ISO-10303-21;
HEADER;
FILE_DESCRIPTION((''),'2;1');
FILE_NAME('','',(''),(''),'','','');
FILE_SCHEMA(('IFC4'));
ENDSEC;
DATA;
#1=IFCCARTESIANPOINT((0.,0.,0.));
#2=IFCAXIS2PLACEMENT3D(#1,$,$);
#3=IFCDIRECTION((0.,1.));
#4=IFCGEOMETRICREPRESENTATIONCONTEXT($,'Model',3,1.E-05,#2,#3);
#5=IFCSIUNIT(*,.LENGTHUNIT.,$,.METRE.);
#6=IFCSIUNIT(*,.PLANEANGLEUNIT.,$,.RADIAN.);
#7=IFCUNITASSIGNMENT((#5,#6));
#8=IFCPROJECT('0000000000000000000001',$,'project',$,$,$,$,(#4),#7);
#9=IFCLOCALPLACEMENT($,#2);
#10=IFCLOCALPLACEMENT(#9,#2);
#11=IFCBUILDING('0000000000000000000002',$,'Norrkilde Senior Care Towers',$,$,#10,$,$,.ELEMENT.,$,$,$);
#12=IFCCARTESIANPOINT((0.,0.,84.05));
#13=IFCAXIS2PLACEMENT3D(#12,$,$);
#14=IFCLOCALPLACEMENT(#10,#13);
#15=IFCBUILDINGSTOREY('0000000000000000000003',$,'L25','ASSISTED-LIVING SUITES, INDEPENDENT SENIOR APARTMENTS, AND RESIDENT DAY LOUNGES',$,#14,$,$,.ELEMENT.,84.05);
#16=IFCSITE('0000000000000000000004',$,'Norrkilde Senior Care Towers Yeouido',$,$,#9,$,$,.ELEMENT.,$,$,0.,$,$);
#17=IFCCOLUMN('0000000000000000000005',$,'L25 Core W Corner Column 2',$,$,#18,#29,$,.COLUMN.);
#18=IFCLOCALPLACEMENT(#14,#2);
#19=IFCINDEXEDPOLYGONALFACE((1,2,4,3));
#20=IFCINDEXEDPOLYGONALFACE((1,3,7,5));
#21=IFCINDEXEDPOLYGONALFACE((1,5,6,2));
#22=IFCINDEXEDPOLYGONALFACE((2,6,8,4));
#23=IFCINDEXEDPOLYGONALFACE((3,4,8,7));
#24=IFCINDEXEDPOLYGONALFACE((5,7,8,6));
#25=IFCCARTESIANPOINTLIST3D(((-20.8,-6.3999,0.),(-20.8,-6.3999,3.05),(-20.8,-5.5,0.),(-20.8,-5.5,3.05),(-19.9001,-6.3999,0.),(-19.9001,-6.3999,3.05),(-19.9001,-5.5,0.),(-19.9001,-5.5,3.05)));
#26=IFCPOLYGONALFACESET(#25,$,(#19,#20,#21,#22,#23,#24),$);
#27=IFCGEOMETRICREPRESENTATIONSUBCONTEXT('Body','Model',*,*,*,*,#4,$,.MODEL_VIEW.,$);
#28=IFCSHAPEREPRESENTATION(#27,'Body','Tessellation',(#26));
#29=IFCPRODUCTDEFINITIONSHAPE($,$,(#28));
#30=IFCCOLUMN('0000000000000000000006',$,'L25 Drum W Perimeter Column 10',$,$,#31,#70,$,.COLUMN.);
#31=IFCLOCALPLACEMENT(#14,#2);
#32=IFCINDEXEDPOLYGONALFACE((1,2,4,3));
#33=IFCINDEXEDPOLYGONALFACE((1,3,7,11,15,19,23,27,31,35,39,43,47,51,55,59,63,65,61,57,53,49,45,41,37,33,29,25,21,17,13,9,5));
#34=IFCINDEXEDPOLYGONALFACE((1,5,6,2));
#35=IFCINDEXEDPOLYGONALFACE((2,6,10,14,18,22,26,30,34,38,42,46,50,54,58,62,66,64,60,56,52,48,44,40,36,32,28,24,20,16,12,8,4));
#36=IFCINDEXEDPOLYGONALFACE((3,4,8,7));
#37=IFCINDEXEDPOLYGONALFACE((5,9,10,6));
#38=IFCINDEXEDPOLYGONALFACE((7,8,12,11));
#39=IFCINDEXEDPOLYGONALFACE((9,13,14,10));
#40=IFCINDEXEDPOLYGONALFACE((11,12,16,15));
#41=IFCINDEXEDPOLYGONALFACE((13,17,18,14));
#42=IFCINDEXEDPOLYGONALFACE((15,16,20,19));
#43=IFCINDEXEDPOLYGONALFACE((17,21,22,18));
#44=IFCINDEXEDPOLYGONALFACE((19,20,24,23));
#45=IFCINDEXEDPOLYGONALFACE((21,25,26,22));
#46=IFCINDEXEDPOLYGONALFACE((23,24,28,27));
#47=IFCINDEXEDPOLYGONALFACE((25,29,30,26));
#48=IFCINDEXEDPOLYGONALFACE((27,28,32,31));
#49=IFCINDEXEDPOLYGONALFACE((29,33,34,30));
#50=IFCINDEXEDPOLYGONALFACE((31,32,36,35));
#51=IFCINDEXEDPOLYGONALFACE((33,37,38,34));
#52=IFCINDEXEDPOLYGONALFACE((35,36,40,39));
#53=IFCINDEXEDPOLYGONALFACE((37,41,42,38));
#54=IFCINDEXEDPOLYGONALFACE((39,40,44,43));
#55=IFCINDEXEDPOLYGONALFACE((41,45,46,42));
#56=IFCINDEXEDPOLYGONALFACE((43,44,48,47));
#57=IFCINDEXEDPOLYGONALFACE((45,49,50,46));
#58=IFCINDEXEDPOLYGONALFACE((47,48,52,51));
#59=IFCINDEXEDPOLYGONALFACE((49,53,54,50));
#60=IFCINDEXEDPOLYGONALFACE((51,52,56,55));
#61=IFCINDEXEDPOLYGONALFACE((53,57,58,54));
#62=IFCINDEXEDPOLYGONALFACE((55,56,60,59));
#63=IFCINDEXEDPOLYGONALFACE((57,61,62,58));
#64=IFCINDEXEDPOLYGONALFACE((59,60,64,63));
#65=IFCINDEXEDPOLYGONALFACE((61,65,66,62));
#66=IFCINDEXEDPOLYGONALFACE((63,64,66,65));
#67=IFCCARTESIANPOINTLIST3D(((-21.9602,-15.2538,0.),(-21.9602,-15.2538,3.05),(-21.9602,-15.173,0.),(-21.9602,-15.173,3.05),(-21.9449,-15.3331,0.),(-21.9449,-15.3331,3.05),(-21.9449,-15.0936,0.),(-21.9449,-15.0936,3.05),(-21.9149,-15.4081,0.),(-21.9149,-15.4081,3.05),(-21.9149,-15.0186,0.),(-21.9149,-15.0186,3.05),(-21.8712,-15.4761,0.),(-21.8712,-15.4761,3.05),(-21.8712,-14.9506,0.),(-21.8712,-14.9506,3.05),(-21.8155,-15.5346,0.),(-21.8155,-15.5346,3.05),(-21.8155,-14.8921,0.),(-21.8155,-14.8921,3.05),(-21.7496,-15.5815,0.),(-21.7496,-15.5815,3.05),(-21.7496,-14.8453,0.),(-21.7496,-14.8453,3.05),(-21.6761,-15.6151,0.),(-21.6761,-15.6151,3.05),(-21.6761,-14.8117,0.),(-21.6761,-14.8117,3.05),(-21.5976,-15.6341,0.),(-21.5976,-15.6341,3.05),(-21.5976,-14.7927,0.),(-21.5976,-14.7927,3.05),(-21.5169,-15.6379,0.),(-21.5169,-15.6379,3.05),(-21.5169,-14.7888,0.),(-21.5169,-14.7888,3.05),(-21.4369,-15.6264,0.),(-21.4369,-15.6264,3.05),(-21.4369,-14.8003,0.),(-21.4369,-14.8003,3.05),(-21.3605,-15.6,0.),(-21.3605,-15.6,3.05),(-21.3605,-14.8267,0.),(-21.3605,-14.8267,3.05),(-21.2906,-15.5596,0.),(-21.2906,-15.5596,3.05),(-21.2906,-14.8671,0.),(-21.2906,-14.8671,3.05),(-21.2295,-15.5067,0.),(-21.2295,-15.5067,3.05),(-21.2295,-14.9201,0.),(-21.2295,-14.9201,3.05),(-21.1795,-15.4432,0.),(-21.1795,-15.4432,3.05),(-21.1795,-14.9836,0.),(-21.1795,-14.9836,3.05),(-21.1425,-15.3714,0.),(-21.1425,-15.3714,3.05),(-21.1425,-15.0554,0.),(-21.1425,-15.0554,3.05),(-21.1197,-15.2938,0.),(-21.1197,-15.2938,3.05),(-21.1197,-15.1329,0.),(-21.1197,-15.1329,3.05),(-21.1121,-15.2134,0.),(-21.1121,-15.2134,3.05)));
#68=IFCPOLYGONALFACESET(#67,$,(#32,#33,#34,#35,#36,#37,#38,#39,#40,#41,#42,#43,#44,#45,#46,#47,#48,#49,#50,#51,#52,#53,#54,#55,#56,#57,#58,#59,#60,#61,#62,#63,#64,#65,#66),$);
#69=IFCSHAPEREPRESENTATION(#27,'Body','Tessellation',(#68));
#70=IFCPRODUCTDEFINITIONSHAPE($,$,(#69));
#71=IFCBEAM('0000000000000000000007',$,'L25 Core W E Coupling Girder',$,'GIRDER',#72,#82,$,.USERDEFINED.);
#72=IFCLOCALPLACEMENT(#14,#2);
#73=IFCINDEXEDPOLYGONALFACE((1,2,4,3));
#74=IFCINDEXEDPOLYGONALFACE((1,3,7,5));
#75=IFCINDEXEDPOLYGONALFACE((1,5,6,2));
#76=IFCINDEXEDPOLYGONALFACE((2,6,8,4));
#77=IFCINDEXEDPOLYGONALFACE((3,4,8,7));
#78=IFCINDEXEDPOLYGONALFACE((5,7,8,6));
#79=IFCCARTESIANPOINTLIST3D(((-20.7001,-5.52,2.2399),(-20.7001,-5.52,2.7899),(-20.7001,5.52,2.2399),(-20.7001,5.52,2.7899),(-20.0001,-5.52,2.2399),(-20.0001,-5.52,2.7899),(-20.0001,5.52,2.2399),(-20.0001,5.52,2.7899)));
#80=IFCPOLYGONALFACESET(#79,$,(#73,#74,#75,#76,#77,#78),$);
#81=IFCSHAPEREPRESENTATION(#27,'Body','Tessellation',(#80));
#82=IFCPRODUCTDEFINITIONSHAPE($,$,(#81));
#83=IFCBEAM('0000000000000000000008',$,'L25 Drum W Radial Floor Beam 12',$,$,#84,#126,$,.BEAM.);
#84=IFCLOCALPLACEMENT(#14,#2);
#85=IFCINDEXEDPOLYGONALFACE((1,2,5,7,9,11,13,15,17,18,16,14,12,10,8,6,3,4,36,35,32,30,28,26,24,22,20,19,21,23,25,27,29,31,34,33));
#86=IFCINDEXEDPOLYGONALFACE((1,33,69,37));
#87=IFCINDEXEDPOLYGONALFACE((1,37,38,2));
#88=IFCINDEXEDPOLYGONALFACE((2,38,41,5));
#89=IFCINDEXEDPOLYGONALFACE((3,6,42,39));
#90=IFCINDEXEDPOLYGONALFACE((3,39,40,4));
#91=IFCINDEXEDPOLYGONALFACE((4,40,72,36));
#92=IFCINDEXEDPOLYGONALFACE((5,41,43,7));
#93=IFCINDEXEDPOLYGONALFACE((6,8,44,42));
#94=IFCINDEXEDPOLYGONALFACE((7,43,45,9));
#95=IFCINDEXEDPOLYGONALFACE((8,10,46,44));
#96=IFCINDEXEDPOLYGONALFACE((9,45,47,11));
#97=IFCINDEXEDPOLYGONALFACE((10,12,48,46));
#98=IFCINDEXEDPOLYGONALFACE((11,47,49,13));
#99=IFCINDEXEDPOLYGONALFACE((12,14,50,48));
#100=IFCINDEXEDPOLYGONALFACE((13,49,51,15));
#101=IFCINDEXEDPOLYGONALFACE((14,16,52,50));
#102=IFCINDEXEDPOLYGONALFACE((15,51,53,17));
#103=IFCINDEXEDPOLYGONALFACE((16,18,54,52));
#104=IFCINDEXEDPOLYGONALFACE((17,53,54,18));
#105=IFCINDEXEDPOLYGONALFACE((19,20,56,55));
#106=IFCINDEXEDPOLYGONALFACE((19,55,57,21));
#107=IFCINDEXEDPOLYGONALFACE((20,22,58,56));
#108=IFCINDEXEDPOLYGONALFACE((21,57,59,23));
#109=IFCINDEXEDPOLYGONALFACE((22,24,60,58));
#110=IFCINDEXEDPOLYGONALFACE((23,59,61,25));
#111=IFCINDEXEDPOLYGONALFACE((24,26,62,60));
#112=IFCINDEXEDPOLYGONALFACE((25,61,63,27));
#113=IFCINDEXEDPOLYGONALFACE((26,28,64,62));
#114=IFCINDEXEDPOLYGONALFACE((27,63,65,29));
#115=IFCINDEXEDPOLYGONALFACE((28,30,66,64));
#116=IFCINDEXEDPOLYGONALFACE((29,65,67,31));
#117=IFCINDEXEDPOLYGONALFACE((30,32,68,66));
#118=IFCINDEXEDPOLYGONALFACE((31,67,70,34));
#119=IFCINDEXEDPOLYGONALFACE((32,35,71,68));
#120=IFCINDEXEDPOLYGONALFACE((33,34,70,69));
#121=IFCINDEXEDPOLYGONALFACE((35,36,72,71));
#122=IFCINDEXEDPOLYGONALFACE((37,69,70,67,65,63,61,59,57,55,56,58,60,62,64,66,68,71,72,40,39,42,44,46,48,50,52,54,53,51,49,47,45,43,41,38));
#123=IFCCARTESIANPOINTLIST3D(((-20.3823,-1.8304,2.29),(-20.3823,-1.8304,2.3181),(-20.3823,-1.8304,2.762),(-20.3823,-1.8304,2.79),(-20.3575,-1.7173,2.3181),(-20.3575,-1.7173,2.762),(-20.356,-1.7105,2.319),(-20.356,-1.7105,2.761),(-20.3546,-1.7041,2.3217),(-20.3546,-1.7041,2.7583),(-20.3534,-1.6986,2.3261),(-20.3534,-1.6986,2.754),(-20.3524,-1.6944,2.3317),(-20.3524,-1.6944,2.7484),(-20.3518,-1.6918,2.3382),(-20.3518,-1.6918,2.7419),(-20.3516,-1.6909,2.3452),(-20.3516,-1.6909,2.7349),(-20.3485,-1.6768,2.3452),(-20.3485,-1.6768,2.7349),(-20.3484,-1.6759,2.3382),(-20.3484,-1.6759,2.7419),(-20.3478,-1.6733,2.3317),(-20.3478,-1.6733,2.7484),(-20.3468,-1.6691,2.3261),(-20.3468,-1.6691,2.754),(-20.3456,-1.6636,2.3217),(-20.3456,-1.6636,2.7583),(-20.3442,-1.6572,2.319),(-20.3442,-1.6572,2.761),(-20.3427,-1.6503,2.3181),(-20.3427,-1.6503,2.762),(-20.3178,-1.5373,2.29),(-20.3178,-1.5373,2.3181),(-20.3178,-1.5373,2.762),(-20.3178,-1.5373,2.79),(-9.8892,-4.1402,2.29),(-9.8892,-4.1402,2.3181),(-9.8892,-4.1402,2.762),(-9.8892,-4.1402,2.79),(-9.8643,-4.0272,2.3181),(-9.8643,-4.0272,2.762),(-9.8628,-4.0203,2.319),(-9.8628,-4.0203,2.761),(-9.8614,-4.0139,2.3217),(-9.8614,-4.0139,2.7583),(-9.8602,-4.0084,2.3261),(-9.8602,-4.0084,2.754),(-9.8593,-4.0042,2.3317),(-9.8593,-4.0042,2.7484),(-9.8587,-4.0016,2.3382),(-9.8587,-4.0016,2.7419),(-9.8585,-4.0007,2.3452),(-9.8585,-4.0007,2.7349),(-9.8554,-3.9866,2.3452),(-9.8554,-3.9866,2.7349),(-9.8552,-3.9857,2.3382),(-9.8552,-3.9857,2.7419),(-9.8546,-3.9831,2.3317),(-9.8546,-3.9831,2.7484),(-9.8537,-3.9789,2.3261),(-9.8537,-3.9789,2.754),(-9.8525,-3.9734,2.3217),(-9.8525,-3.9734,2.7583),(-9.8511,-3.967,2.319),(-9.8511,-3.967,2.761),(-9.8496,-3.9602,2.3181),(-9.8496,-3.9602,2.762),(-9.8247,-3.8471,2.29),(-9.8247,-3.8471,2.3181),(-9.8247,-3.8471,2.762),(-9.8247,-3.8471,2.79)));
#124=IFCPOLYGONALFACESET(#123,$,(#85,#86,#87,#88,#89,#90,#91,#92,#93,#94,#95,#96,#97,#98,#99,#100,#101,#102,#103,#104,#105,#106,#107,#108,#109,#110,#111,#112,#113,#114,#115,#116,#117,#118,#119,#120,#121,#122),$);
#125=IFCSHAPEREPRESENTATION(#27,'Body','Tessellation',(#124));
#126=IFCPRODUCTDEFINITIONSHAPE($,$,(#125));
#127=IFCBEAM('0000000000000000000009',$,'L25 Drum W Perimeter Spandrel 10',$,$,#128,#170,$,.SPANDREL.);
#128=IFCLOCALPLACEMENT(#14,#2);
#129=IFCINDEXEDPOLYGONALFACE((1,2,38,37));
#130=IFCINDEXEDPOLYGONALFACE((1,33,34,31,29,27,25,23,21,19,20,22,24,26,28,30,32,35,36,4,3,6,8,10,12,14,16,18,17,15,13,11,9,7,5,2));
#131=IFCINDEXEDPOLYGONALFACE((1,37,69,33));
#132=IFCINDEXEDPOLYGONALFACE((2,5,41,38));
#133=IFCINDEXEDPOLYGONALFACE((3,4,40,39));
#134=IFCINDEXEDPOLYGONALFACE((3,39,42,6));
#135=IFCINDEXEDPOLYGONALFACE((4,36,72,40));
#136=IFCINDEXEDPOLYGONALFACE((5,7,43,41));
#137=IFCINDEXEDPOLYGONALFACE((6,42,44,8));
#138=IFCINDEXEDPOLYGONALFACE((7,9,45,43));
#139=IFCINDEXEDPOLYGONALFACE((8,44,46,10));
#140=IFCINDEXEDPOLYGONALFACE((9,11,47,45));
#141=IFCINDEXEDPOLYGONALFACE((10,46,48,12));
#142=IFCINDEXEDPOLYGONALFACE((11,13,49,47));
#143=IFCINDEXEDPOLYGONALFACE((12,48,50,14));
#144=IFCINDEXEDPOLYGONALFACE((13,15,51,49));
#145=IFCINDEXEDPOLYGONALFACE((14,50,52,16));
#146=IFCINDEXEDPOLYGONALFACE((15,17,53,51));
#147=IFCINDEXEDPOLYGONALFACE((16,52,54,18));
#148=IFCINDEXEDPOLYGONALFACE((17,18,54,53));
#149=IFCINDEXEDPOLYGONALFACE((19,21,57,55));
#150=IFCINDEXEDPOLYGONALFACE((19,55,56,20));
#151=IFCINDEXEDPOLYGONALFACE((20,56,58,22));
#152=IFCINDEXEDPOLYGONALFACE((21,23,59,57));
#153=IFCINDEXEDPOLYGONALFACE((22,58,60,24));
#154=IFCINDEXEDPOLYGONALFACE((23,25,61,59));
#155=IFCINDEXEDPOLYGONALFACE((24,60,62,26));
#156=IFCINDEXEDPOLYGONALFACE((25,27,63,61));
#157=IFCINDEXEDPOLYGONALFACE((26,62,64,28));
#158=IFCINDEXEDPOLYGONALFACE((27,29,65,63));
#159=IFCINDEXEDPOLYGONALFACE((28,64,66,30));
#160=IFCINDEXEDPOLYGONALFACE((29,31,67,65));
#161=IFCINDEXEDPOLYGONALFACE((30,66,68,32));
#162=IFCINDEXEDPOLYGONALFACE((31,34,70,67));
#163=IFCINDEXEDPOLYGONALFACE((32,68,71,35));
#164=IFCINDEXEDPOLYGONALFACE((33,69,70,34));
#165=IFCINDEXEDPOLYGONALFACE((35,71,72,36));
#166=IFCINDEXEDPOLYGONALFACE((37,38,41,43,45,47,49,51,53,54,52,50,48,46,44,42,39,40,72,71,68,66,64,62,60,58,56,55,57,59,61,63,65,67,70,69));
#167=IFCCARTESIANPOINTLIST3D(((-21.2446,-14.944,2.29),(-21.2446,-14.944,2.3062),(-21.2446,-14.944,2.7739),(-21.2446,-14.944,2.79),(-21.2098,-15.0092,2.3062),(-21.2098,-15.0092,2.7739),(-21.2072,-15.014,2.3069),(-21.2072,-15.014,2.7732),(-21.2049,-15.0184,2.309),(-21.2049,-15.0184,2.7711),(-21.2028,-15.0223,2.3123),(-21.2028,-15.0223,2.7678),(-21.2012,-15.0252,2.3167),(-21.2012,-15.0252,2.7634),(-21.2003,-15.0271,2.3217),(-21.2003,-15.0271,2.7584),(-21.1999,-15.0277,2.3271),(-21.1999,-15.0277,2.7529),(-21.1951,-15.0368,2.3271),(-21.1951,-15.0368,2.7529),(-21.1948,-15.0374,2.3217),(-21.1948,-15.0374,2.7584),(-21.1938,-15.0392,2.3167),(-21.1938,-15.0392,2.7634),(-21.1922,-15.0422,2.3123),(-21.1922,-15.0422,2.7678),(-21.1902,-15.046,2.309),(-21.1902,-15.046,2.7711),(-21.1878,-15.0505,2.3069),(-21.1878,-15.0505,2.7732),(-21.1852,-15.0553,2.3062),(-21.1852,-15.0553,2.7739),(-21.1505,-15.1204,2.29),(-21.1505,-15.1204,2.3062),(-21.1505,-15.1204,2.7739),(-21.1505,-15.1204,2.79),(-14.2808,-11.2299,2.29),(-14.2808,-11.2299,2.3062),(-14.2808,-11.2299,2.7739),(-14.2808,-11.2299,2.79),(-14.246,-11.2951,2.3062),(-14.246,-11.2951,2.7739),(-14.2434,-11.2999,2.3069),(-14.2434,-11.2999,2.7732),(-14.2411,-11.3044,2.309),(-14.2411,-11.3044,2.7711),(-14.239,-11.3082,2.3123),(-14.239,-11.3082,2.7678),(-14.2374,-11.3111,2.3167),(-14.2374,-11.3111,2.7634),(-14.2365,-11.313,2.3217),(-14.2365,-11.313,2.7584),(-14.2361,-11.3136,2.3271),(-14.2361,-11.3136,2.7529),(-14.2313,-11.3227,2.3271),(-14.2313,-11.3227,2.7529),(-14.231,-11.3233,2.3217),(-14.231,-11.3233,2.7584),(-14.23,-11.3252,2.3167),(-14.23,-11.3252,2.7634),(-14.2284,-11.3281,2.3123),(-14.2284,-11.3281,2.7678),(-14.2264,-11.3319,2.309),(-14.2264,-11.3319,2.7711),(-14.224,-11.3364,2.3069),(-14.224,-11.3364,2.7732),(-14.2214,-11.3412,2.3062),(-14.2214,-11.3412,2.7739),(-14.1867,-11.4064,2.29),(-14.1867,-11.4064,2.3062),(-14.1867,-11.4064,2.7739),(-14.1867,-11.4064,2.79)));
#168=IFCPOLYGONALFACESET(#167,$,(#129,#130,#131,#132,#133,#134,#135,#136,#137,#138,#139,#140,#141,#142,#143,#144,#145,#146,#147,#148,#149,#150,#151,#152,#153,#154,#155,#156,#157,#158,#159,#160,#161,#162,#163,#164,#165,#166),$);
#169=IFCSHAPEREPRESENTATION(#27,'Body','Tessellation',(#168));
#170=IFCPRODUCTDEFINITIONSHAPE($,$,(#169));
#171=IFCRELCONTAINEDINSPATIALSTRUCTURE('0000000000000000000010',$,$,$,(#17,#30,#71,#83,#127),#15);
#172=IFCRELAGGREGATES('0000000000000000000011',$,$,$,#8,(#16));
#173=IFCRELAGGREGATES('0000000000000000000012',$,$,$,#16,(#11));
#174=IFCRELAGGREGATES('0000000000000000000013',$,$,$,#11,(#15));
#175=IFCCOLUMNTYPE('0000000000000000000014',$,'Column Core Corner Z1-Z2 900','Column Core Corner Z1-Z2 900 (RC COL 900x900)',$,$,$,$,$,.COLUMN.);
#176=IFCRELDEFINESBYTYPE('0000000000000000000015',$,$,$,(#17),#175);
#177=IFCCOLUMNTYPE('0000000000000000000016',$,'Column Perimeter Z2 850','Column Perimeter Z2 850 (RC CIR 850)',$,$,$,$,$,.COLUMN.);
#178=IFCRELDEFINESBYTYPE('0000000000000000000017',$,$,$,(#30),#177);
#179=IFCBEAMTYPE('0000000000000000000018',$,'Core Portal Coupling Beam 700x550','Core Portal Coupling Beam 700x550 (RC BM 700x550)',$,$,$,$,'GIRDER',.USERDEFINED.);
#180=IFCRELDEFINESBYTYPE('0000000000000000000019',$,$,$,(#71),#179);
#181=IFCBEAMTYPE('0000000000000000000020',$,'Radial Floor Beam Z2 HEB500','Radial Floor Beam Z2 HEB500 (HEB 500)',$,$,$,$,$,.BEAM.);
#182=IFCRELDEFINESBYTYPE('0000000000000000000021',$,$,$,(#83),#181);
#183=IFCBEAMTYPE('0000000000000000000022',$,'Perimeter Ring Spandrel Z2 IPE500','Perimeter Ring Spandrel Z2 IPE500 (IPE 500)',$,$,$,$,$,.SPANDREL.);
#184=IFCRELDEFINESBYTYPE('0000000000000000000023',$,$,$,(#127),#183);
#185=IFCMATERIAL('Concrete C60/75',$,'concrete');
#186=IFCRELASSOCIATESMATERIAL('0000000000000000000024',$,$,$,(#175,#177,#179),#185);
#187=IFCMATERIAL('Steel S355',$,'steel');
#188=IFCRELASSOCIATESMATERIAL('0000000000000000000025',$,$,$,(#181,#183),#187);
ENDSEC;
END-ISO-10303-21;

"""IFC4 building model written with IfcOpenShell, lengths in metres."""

from ifc_helpers import new_model, si_unit, direction, frame, origin, origin_2d, place, context, subcontext, project, spatial, rectangle, circle, i_section, extrude, source, transform, mapped, material, material_profile, profile_set, type_object, type_shapes, element, save


model = new_model("IFC4")

# Units and contexts
model_context = context("Model", 3, precision=1e-05, world=origin(), true_north=direction((0.0, 1.0)))
body_context = subcontext(model_context, "Body", "Model", "MODEL_VIEW")
ifc_project = project(units=[si_unit("LENGTHUNIT", "METRE"), si_unit("PLANEANGLEUNIT", "RADIAN")], contexts=[model_context])

# Site, building, storey
site_placement = place(None, origin())
site = spatial("IfcSite", under=ifc_project, at=site_placement, Name="Norrkilde Senior Care Towers Yeouido", CompositionType="ELEMENT", RefElevation=0.0)
building_placement = place(site_placement, origin())
building = spatial("IfcBuilding", under=site, at=building_placement, Name="Norrkilde Senior Care Towers", CompositionType="ELEMENT")
storey_placement = place(building_placement, frame((0.0, 0.0, 84.05)))
storey = spatial("IfcBuildingStorey", under=building, at=storey_placement, Name="L25", Description="ASSISTED-LIVING SUITES, INDEPENDENT SENIOR APARTMENTS, AND RESIDENT DAY LOUNGES", CompositionType="ELEMENT", Elevation=84.05)

# Columns
ifc_material_1 = material(Name="Concrete C60/75", Category="concrete")
ifc_material_profile_1 = material_profile(ifc_material_1, rectangle(XDim=0.8999, YDim=0.8999, at=origin_2d()), Name="RC COL 900x900")
ifc_profile_set_1 = profile_set([ifc_material_profile_1], Name="Concrete C60/75")
column_type_1 = type_object("IfcColumnType", Name="Column Core Corner Z1-Z2 900", Description="Column Core Corner Z1-Z2 900 (RC COL 900x900)", PredefinedType="COLUMN", material=ifc_profile_set_1)
shared_shape_1 = source(origin(), body_context, "Body", "SweptSolid", [
    extrude(rectangle(XDim=0.8999, YDim=0.8999, at=origin_2d()), origin(), (0.0, 0.0, 1.0), 3.05),
])
type_shapes(column_type_1, [shared_shape_1])
column_1_placement = place(storey_placement, frame((-20.3501, -5.95, 0.0), z_axis=(0.0, 0.0, 1.0), x_axis=(1.0, 0.0, 0.0)))
element("IfcColumn", 1, at=column_1_placement, inside=storey, type_object=column_type_1, Name="L25 Core W Corner Column 2", PredefinedType="COLUMN", context=body_context, shape_type="MappedRepresentation", body=[
    mapped(shared_shape_1, transform((0.0, 0.0, 0.0), x_axis=(1.0, 0.0, 0.0), y_axis=(0.0, 1.0, 0.0), z_axis=(0.0, 0.0, 1.0), scale=1.0)),
])
ifc_material_profile_2 = material_profile(ifc_material_1, circle(Radius=0.425, at=origin_2d()), Name="RC CIR 850")
ifc_profile_set_2 = profile_set([ifc_material_profile_2], Name="Concrete C60/75")
column_type_2 = type_object("IfcColumnType", Name="Column Perimeter Z2 850", Description="Column Perimeter Z2 850 (RC CIR 850)", PredefinedType="COLUMN", material=ifc_profile_set_2)
shared_shape_2 = source(origin(), body_context, "Body", "SweptSolid", [
    extrude(circle(Radius=0.425, at=origin_2d()), origin(), (0.0, 0.0, 1.0), 3.05),
])
type_shapes(column_type_2, [shared_shape_2])
column_2_placement = place(storey_placement, frame((-21.5371, -15.2134, 0.0), z_axis=(0.0, 0.0, 1.0), x_axis=(1.0, 0.0, 0.0)))
element("IfcColumn", 2, at=column_2_placement, inside=storey, type_object=column_type_2, Name="L25 Drum W Perimeter Column 10", PredefinedType="COLUMN", context=body_context, shape_type="MappedRepresentation", body=[
    mapped(shared_shape_2, transform((0.0, 0.0, 0.0), x_axis=(1.0, 0.0, 0.0), y_axis=(0.0, 1.0, 0.0), z_axis=(0.0, 0.0, 1.0), scale=1.0)),
])

# Beams
ifc_material_profile_3 = material_profile(ifc_material_1, rectangle(XDim=0.7, YDim=0.55, at=origin_2d()), Name="RC BM 700x550")
ifc_profile_set_3 = profile_set([ifc_material_profile_3], Name="Concrete C60/75")
beam_type_1 = type_object("IfcBeamType", Name="Core Portal Coupling Beam 700x550", Description="Core Portal Coupling Beam 700x550 (RC BM 700x550)", ElementType="GIRDER", PredefinedType="USERDEFINED", material=ifc_profile_set_3)
shared_shape_3 = source(origin(), body_context, "Body", "SweptSolid", [
    extrude(rectangle(XDim=0.7, YDim=0.55, at=origin_2d()), origin(), (0.0, 0.0, 1.0), 11.04),
])
type_shapes(beam_type_1, [shared_shape_3])
beam_1_placement = place(storey_placement, frame((-20.3501, -5.52, 2.5149), z_axis=(0.0, 1.0, 0.0), x_axis=(-1.0, 0.0, 0.0)))
element("IfcBeam", 3, at=beam_1_placement, inside=storey, type_object=beam_type_1, Name="L25 Core W E Coupling Girder", ObjectType="GIRDER", PredefinedType="USERDEFINED", context=body_context, shape_type="MappedRepresentation", body=[
    mapped(shared_shape_3, transform((0.0, 0.0, 0.0), x_axis=(1.0, 0.0, 0.0), y_axis=(0.0, 1.0, 0.0), z_axis=(0.0, 0.0, 1.0), scale=1.0)),
])
ifc_material_2 = material(Name="Steel S355", Category="steel")
ifc_material_profile_4 = material_profile(ifc_material_2, i_section(OverallWidth=0.3, OverallDepth=0.5, WebThickness=0.0144, FlangeThickness=0.0281, FilletRadius=0.0271, at=origin_2d()), Name="HEB 500")
ifc_profile_set_4 = profile_set([ifc_material_profile_4], Name="Steel S355")
beam_type_2 = type_object("IfcBeamType", Name="Radial Floor Beam Z2 HEB500", Description="Radial Floor Beam Z2 HEB500 (HEB 500)", PredefinedType="BEAM", material=ifc_profile_set_4)
shared_shape_4 = source(origin(), body_context, "Body", "SweptSolid", [
    extrude(i_section(OverallWidth=0.3, OverallDepth=0.5, WebThickness=0.0144, FlangeThickness=0.0281, FilletRadius=0.0271, at=origin_2d()), origin(), (0.0, 0.0, 1.0), 10.7444),
])
beam_2_placement = place(storey_placement, frame((-20.3501, -1.6838, 2.54), z_axis=(0.976619, -0.214979, 0.0), x_axis=(0.214979, 0.976619, 0.0)))
element("IfcBeam", 4, at=beam_2_placement, inside=storey, type_object=beam_type_2, Name="L25 Drum W Radial Floor Beam 12", PredefinedType="BEAM", context=body_context, shape_type="MappedRepresentation", body=[
    mapped(shared_shape_4, transform((0.0, 0.0, 0.0), x_axis=(1.0, 0.0, 0.0), y_axis=(0.0, 1.0, 0.0), z_axis=(0.0, 0.0, 1.0), scale=1.0)),
])
ifc_material_profile_5 = material_profile(ifc_material_2, i_section(OverallWidth=0.2, OverallDepth=0.5, WebThickness=0.0103, FlangeThickness=0.0161, FilletRadius=0.021, at=origin_2d()), Name="IPE 500")
ifc_profile_set_5 = profile_set([ifc_material_profile_5], Name="Steel S355")
beam_type_3 = type_object("IfcBeamType", Name="Perimeter Ring Spandrel Z2 IPE500", Description="Perimeter Ring Spandrel Z2 IPE500 (IPE 500)", PredefinedType="SPANDREL", material=ifc_profile_set_5)
shared_shape_5 = source(origin(), body_context, "Body", "SweptSolid", [
    extrude(i_section(OverallWidth=0.2, OverallDepth=0.5, WebThickness=0.0103, FlangeThickness=0.0161, FilletRadius=0.021, at=origin_2d()), origin(), (0.0, 0.0, 1.0), 7.8923),
])
type_shapes(beam_type_3, [shared_shape_5])
beam_3_placement = place(storey_placement, frame((-21.1975, -15.0322, 2.54), z_axis=(0.88235, 0.470593, 0.0), x_axis=(-0.470593, 0.88235, 0.0)))
element("IfcBeam", 5, at=beam_3_placement, inside=storey, type_object=beam_type_3, Name="L25 Drum W Perimeter Spandrel 10", PredefinedType="SPANDREL", context=body_context, shape_type="MappedRepresentation", body=[
    mapped(shared_shape_5, transform((0.0, 0.0, 0.0), x_axis=(1.0, 0.0, 0.0), y_axis=(0.0, 1.0, 0.0), z_axis=(0.0, 0.0, 1.0), scale=1.0)),
])

save(model, "model.ifc")
